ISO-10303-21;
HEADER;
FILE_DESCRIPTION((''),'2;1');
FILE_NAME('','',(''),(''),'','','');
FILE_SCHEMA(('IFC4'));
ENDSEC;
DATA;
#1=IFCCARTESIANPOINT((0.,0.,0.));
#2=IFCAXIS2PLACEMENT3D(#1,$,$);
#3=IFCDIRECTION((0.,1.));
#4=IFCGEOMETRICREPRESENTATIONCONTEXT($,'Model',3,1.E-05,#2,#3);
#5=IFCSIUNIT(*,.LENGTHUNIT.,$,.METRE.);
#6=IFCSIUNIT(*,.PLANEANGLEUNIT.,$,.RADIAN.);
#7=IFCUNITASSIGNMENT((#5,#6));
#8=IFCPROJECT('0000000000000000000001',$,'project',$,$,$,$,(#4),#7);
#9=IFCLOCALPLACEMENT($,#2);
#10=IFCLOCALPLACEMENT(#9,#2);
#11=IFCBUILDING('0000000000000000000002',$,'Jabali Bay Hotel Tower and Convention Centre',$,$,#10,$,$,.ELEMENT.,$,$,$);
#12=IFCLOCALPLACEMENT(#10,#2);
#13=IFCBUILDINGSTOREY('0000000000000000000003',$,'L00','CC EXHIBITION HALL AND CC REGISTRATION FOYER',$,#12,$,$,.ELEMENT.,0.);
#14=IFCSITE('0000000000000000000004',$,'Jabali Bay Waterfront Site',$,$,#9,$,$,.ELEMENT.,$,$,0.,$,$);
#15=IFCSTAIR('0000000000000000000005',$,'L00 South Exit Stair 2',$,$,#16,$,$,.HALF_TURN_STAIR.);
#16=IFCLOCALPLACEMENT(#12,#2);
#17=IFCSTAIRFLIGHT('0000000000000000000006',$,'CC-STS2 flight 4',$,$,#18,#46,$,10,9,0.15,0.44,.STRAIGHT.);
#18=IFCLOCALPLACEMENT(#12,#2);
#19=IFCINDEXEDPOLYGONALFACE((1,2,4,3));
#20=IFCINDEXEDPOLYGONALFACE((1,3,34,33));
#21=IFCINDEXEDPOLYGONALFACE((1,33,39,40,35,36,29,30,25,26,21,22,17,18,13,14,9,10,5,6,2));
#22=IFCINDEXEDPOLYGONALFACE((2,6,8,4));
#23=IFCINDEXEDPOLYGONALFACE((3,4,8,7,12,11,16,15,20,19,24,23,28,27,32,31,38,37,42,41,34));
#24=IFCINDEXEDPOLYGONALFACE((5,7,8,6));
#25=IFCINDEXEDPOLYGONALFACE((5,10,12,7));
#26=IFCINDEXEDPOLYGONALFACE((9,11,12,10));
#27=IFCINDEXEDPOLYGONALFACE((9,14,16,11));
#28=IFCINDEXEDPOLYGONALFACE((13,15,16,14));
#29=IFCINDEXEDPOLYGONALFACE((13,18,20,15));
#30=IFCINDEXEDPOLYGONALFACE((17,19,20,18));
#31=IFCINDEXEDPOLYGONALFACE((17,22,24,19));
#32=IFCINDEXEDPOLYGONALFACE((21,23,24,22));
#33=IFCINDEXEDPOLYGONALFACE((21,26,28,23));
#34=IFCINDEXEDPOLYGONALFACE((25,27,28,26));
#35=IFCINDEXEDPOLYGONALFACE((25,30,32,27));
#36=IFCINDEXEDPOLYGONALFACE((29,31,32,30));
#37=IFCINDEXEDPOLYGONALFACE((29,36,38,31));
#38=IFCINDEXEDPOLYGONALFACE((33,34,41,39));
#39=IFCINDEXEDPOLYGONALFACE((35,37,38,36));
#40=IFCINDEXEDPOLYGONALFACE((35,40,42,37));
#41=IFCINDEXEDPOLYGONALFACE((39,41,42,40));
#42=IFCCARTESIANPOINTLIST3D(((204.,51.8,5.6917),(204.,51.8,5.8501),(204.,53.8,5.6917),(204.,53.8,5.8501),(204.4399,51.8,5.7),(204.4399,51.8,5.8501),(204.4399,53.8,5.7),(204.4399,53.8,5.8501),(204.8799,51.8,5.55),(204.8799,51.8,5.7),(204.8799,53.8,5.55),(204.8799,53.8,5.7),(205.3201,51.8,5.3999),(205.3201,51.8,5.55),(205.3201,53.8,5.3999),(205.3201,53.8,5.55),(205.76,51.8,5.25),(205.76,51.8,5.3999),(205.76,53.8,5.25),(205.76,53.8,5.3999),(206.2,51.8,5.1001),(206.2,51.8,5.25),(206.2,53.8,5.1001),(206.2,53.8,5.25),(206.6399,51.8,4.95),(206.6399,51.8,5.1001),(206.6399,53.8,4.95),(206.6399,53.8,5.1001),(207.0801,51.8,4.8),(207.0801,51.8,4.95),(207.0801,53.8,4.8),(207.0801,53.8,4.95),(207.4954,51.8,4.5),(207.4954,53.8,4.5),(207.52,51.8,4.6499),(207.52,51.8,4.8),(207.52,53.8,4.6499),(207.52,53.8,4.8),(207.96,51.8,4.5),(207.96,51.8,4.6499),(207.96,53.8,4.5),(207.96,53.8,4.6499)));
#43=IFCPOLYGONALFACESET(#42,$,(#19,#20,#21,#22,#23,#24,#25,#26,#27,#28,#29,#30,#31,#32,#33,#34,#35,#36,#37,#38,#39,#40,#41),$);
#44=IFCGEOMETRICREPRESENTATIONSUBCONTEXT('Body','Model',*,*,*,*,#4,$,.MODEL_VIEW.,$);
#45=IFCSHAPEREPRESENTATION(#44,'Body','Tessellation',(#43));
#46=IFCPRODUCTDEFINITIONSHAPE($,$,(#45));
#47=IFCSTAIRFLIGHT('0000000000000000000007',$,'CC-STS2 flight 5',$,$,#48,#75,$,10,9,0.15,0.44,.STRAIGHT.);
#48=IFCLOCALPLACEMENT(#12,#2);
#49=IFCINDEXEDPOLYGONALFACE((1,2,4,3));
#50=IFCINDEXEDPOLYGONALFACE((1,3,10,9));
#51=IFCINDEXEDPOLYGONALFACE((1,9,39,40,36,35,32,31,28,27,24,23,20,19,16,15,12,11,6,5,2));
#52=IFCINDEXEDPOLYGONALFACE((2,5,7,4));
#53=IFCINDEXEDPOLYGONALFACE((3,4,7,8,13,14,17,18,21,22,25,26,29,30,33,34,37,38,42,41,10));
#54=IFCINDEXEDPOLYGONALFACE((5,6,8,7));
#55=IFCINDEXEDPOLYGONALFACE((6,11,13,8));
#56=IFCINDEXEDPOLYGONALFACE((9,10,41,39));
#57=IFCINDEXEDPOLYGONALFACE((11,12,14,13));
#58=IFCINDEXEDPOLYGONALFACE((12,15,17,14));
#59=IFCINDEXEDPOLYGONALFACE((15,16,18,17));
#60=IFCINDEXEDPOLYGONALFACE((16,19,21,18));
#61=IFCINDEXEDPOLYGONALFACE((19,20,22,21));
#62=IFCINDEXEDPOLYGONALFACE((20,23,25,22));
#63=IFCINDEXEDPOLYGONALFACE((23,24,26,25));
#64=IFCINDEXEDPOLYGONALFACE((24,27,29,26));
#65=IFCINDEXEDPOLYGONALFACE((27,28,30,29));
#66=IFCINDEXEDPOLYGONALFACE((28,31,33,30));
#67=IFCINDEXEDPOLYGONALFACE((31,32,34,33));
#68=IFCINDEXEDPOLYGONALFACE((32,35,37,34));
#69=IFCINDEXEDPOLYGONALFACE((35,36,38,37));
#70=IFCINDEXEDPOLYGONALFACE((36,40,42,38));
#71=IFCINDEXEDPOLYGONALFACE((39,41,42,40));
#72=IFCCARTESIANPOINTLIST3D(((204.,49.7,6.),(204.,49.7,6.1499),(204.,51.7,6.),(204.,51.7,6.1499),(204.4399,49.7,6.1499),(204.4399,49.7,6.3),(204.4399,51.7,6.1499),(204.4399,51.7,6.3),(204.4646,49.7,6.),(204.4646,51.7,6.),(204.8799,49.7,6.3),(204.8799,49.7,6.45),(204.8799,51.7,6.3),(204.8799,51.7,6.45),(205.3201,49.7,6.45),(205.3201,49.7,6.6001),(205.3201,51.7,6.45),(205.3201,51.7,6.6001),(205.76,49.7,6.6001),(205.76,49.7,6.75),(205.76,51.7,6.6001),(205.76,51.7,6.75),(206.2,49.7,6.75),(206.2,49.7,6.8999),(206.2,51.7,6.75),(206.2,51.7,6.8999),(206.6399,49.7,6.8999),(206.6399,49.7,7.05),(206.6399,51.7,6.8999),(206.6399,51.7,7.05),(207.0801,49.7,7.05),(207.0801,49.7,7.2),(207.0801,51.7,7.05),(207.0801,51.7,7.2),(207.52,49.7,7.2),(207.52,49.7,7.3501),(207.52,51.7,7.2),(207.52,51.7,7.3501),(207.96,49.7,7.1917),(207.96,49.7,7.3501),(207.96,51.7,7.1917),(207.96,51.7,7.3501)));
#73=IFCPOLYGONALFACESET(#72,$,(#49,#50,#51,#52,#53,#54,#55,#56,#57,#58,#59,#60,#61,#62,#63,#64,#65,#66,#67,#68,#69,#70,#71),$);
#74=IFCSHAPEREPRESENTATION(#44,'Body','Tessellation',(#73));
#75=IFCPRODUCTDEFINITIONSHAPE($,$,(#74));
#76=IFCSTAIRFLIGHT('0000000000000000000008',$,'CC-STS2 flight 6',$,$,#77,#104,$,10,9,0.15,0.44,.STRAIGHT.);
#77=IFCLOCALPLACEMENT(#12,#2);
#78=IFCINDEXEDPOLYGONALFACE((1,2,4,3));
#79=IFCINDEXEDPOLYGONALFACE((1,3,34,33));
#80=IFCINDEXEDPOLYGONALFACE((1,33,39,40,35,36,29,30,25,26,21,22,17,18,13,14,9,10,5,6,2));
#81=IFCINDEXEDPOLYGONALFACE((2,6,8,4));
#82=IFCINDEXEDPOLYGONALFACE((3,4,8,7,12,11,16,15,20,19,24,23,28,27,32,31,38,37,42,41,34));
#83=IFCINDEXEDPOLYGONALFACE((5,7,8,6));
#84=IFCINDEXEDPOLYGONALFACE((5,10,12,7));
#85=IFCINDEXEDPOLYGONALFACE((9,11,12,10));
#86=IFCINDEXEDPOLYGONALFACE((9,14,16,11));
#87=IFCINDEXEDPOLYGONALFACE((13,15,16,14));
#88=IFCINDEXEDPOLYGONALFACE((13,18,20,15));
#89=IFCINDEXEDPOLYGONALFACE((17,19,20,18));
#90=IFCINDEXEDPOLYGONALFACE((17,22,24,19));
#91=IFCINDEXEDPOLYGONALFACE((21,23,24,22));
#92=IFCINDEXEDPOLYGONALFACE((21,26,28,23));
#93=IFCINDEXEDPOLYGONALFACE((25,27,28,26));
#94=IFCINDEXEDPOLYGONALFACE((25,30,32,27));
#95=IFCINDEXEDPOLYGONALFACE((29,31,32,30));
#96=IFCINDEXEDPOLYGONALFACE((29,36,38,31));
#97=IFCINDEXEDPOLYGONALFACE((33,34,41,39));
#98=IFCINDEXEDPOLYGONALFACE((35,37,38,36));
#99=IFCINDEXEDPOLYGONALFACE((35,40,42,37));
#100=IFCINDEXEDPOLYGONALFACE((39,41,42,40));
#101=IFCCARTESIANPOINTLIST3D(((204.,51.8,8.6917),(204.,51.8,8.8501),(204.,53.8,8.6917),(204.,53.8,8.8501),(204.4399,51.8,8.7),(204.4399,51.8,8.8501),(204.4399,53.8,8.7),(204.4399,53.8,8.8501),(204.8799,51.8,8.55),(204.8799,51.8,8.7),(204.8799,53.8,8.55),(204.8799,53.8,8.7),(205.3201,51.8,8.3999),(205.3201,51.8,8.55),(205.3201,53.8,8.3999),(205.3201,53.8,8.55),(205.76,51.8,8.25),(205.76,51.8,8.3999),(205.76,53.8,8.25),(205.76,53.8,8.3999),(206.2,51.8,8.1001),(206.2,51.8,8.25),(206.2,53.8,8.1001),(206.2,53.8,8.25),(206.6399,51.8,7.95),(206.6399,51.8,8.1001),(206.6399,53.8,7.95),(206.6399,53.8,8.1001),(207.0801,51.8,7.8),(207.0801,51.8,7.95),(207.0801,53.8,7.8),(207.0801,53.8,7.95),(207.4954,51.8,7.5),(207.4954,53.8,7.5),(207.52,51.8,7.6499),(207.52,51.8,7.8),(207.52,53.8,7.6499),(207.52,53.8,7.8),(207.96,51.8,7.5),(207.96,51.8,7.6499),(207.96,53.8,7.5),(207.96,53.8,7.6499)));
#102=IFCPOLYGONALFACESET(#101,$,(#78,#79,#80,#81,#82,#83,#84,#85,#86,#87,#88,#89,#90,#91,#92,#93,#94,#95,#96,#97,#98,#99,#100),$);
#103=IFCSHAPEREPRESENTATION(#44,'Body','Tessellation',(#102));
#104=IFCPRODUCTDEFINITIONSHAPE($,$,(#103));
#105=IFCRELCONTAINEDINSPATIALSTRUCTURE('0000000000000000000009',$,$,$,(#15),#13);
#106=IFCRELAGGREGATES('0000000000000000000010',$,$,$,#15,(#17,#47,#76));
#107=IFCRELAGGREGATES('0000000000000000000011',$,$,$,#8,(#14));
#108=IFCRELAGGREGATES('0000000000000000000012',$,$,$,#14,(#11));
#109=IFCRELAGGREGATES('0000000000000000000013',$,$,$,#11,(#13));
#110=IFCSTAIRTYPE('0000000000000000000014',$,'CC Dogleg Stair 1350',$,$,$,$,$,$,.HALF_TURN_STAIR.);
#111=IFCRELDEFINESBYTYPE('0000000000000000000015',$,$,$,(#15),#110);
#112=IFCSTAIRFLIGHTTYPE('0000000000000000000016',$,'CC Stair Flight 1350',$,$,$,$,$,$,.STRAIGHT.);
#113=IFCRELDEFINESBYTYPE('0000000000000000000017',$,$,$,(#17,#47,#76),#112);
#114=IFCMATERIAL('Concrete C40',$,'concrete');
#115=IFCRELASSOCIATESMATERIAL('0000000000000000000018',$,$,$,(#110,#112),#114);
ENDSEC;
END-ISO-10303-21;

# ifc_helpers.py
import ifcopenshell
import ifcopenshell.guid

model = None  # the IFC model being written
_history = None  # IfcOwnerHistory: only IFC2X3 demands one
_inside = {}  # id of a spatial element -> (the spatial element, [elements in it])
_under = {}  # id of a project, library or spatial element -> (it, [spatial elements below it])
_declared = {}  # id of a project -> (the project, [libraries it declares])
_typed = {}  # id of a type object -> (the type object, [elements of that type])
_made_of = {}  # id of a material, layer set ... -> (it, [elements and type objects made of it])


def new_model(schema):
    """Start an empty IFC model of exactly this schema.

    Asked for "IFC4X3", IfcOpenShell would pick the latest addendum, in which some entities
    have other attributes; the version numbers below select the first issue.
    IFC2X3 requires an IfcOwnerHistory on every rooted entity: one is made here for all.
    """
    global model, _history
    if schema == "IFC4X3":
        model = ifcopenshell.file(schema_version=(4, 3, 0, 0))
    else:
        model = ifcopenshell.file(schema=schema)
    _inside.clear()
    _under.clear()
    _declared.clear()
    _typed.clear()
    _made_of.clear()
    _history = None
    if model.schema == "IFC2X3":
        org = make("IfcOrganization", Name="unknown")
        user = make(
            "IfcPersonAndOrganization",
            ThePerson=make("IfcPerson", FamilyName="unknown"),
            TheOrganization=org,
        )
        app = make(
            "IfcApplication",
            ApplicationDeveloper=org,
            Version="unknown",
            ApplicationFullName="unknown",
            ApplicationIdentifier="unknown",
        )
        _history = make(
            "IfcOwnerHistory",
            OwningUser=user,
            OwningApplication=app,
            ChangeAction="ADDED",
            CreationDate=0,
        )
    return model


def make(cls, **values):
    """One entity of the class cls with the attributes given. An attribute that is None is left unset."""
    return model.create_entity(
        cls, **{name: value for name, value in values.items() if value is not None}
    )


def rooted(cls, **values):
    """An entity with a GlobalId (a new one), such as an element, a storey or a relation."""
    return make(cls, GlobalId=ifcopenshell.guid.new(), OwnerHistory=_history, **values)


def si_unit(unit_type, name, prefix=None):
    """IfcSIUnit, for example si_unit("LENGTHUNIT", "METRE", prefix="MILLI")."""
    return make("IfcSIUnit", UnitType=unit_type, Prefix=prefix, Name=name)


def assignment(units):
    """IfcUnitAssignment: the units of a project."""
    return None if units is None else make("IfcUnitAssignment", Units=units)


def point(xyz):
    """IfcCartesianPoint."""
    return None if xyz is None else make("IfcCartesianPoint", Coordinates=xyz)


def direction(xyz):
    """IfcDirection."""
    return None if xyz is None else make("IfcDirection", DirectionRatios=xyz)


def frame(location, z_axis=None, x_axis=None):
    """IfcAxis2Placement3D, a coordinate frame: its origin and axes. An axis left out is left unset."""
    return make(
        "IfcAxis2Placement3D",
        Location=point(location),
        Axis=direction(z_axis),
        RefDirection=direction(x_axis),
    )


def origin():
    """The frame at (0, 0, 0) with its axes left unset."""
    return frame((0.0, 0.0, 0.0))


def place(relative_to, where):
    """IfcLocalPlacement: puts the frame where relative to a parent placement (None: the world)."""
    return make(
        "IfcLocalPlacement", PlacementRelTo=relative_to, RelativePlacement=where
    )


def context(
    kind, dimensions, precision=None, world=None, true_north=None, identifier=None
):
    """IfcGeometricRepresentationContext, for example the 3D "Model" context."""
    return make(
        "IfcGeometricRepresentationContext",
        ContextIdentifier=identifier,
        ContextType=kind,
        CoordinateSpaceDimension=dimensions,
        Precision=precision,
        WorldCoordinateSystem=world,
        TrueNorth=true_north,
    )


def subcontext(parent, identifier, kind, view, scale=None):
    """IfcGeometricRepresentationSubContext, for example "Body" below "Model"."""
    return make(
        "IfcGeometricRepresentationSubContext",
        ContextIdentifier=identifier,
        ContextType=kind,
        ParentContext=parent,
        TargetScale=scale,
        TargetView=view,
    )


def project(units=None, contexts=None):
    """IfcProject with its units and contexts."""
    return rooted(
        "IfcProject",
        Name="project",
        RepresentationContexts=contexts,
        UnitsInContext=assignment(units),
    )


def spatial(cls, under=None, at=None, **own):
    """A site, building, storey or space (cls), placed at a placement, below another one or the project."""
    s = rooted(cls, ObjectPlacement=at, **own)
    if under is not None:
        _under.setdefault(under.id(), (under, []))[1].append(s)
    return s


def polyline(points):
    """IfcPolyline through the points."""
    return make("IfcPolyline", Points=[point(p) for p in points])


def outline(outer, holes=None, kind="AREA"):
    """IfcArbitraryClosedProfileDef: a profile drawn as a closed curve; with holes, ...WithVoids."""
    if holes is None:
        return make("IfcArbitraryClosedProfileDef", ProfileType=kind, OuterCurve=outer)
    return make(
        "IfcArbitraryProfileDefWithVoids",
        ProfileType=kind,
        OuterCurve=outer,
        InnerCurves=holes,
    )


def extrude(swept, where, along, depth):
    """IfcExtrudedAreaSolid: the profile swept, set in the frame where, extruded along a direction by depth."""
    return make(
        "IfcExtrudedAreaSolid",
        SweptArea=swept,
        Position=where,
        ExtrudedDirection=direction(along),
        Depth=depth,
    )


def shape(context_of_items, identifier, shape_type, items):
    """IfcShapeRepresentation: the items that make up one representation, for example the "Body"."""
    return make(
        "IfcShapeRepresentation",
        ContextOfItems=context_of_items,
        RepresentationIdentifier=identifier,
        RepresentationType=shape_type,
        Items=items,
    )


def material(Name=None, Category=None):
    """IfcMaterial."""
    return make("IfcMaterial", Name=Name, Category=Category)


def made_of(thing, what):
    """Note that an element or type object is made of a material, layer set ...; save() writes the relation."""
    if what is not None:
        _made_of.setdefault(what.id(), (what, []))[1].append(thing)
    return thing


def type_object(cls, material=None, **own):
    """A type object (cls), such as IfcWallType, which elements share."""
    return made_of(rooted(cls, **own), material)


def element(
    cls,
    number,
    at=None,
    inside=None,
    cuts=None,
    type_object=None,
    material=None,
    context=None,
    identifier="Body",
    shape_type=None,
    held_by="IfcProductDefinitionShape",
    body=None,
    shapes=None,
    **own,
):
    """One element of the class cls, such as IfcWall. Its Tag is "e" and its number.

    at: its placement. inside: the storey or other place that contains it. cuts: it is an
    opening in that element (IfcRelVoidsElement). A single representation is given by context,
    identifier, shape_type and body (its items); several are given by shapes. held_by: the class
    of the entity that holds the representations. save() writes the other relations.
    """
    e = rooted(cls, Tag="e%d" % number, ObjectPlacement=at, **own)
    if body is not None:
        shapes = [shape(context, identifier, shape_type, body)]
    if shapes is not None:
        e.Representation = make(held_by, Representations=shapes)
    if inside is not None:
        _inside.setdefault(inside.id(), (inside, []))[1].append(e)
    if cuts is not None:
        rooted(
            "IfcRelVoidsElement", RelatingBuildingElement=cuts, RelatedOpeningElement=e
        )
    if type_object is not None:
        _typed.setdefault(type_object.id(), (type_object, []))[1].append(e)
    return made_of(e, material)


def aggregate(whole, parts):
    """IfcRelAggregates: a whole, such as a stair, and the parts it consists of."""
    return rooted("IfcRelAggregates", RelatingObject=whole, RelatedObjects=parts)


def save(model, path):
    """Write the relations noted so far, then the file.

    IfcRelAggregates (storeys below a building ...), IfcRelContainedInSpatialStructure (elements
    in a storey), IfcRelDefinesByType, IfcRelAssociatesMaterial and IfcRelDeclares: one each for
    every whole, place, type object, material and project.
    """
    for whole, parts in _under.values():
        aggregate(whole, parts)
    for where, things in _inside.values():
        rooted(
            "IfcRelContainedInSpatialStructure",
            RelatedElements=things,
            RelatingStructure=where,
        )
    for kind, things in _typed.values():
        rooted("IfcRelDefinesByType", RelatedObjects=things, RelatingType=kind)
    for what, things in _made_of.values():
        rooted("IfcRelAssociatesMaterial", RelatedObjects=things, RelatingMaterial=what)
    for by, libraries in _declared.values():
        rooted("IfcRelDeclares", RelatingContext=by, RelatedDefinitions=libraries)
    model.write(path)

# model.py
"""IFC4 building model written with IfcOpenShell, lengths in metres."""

from ifc_helpers import new_model, si_unit, direction, frame, origin, place, context, subcontext, project, spatial, polyline, outline, extrude, material, type_object, element, aggregate, save


model = new_model("IFC4")

# Units and contexts
model_context = context("Model", 3, precision=1e-05, world=origin(), true_north=direction((0.0, 1.0)))
body_context = subcontext(model_context, "Body", "Model", "MODEL_VIEW")
ifc_project = project(units=[si_unit("LENGTHUNIT", "METRE"), si_unit("PLANEANGLEUNIT", "RADIAN")], contexts=[model_context])

# Site, building, storey
site_placement = place(None, origin())
site = spatial("IfcSite", under=ifc_project, at=site_placement, Name="Jabali Bay Waterfront Site", CompositionType="ELEMENT", RefElevation=0.0)
building_placement = place(site_placement, origin())
building = spatial("IfcBuilding", under=site, at=building_placement, Name="Jabali Bay Hotel Tower and Convention Centre", CompositionType="ELEMENT")
storey_placement = place(building_placement, origin())
storey = spatial("IfcBuildingStorey", under=building, at=storey_placement, Name="L00", Description="CC EXHIBITION HALL AND CC REGISTRATION FOYER", CompositionType="ELEMENT", Elevation=0.0)

# Shared definitions
ifc_material_1 = material(Name="Concrete C40", Category="concrete")

# Stair, stair flights
stair_type = type_object("IfcStairType", Name="CC Dogleg Stair 1350", PredefinedType="HALF_TURN_STAIR", material=ifc_material_1)
stair_placement = place(storey_placement, origin())
stair = element("IfcStair", 1, at=stair_placement, inside=storey, type_object=stair_type, Name="L00 South Exit Stair 2", PredefinedType="HALF_TURN_STAIR")
stair_flight_type = type_object("IfcStairFlightType", Name="CC Stair Flight 1350", PredefinedType="STRAIGHT", material=ifc_material_1)
stair_flight_1_placement = place(storey_placement, frame((207.96, 52.8, 4.5), z_axis=(0.0, 0.0, 1.0), x_axis=(-1.0, 0.0, 0.0)))
stair_flight_1 = element("IfcStairFlight", 2, at=stair_flight_1_placement, type_object=stair_flight_type, Name="CC-STS2 flight 4", NumberOfRisers=10, NumberOfTreads=9, PredefinedType="STRAIGHT", RiserHeight=0.15, TreadLength=0.44, context=body_context, shape_type="SweptSolid", body=[
    extrude(outline(polyline([(0.0, 0.0), (0.0, 0.1499), (0.4399, 0.1499), (0.4399, 0.3), (0.8799, 0.3), (0.8799, 0.45), (1.3201, 0.45), (1.3201, 0.6001), (1.76, 0.6001), (1.76, 0.75), (2.2, 0.75), (2.2, 0.8999), (2.6399, 0.8999), (2.6399, 1.05), (3.0801, 1.05), (3.0801, 1.2), (3.52, 1.2), (3.52, 1.3501), (3.96, 1.3501), (3.96, 1.5), (3.96, 1.1917), (0.4646, 0.0), (0.0, 0.0)])), frame((0.0, 1.0, 0.0), z_axis=(0.0, -1.0, 0.0), x_axis=(1.0, 0.0, 0.0)), (0.0, 0.0, 1.0), 2.0),
])
stair_flight_2_placement = place(storey_placement, frame((204.0, 50.7, 6.0), z_axis=(0.0, 0.0, 1.0), x_axis=(1.0, 0.0, 0.0)))
stair_flight_2 = element("IfcStairFlight", 3, at=stair_flight_2_placement, type_object=stair_flight_type, Name="CC-STS2 flight 5", NumberOfRisers=10, NumberOfTreads=9, PredefinedType="STRAIGHT", RiserHeight=0.15, TreadLength=0.44, context=body_context, shape_type="SweptSolid", body=[
    extrude(outline(polyline([(0.0, 0.0), (0.0, 0.1499), (0.4399, 0.1499), (0.4399, 0.3), (0.8799, 0.3), (0.8799, 0.45), (1.3201, 0.45), (1.3201, 0.6001), (1.76, 0.6001), (1.76, 0.75), (2.2, 0.75), (2.2, 0.8999), (2.6399, 0.8999), (2.6399, 1.05), (3.0801, 1.05), (3.0801, 1.2), (3.52, 1.2), (3.52, 1.3501), (3.96, 1.3501), (3.96, 1.5), (3.96, 1.1917), (0.4646, 0.0), (0.0, 0.0)])), frame((0.0, 1.0, 0.0), z_axis=(0.0, -1.0, 0.0), x_axis=(1.0, 0.0, 0.0)), (0.0, 0.0, 1.0), 2.0),
])
stair_flight_3_placement = place(storey_placement, frame((207.96, 52.8, 7.5), z_axis=(0.0, 0.0, 1.0), x_axis=(-1.0, 0.0, 0.0)))
stair_flight_3 = element("IfcStairFlight", 4, at=stair_flight_3_placement, type_object=stair_flight_type, Name="CC-STS2 flight 6", NumberOfRisers=10, NumberOfTreads=9, PredefinedType="STRAIGHT", RiserHeight=0.15, TreadLength=0.44, context=body_context, shape_type="SweptSolid", body=[
    extrude(outline(polyline([(0.0, 0.0), (0.0, 0.1499), (0.4399, 0.1499), (0.4399, 0.3), (0.8799, 0.3), (0.8799, 0.45), (1.3201, 0.45), (1.3201, 0.6001), (1.76, 0.6001), (1.76, 0.75), (2.2, 0.75), (2.2, 0.8999), (2.6399, 0.8999), (2.6399, 1.05), (3.0801, 1.05), (3.0801, 1.2), (3.52, 1.2), (3.52, 1.3501), (3.96, 1.3501), (3.96, 1.5), (3.96, 1.1917), (0.4646, 0.0), (0.0, 0.0)])), frame((0.0, 1.0, 0.0), z_axis=(0.0, -1.0, 0.0), x_axis=(1.0, 0.0, 0.0)), (0.0, 0.0, 1.0), 2.0),
])
aggregate(stair, [stair_flight_1, stair_flight_2, stair_flight_3])

save(model, "model.ifc")
